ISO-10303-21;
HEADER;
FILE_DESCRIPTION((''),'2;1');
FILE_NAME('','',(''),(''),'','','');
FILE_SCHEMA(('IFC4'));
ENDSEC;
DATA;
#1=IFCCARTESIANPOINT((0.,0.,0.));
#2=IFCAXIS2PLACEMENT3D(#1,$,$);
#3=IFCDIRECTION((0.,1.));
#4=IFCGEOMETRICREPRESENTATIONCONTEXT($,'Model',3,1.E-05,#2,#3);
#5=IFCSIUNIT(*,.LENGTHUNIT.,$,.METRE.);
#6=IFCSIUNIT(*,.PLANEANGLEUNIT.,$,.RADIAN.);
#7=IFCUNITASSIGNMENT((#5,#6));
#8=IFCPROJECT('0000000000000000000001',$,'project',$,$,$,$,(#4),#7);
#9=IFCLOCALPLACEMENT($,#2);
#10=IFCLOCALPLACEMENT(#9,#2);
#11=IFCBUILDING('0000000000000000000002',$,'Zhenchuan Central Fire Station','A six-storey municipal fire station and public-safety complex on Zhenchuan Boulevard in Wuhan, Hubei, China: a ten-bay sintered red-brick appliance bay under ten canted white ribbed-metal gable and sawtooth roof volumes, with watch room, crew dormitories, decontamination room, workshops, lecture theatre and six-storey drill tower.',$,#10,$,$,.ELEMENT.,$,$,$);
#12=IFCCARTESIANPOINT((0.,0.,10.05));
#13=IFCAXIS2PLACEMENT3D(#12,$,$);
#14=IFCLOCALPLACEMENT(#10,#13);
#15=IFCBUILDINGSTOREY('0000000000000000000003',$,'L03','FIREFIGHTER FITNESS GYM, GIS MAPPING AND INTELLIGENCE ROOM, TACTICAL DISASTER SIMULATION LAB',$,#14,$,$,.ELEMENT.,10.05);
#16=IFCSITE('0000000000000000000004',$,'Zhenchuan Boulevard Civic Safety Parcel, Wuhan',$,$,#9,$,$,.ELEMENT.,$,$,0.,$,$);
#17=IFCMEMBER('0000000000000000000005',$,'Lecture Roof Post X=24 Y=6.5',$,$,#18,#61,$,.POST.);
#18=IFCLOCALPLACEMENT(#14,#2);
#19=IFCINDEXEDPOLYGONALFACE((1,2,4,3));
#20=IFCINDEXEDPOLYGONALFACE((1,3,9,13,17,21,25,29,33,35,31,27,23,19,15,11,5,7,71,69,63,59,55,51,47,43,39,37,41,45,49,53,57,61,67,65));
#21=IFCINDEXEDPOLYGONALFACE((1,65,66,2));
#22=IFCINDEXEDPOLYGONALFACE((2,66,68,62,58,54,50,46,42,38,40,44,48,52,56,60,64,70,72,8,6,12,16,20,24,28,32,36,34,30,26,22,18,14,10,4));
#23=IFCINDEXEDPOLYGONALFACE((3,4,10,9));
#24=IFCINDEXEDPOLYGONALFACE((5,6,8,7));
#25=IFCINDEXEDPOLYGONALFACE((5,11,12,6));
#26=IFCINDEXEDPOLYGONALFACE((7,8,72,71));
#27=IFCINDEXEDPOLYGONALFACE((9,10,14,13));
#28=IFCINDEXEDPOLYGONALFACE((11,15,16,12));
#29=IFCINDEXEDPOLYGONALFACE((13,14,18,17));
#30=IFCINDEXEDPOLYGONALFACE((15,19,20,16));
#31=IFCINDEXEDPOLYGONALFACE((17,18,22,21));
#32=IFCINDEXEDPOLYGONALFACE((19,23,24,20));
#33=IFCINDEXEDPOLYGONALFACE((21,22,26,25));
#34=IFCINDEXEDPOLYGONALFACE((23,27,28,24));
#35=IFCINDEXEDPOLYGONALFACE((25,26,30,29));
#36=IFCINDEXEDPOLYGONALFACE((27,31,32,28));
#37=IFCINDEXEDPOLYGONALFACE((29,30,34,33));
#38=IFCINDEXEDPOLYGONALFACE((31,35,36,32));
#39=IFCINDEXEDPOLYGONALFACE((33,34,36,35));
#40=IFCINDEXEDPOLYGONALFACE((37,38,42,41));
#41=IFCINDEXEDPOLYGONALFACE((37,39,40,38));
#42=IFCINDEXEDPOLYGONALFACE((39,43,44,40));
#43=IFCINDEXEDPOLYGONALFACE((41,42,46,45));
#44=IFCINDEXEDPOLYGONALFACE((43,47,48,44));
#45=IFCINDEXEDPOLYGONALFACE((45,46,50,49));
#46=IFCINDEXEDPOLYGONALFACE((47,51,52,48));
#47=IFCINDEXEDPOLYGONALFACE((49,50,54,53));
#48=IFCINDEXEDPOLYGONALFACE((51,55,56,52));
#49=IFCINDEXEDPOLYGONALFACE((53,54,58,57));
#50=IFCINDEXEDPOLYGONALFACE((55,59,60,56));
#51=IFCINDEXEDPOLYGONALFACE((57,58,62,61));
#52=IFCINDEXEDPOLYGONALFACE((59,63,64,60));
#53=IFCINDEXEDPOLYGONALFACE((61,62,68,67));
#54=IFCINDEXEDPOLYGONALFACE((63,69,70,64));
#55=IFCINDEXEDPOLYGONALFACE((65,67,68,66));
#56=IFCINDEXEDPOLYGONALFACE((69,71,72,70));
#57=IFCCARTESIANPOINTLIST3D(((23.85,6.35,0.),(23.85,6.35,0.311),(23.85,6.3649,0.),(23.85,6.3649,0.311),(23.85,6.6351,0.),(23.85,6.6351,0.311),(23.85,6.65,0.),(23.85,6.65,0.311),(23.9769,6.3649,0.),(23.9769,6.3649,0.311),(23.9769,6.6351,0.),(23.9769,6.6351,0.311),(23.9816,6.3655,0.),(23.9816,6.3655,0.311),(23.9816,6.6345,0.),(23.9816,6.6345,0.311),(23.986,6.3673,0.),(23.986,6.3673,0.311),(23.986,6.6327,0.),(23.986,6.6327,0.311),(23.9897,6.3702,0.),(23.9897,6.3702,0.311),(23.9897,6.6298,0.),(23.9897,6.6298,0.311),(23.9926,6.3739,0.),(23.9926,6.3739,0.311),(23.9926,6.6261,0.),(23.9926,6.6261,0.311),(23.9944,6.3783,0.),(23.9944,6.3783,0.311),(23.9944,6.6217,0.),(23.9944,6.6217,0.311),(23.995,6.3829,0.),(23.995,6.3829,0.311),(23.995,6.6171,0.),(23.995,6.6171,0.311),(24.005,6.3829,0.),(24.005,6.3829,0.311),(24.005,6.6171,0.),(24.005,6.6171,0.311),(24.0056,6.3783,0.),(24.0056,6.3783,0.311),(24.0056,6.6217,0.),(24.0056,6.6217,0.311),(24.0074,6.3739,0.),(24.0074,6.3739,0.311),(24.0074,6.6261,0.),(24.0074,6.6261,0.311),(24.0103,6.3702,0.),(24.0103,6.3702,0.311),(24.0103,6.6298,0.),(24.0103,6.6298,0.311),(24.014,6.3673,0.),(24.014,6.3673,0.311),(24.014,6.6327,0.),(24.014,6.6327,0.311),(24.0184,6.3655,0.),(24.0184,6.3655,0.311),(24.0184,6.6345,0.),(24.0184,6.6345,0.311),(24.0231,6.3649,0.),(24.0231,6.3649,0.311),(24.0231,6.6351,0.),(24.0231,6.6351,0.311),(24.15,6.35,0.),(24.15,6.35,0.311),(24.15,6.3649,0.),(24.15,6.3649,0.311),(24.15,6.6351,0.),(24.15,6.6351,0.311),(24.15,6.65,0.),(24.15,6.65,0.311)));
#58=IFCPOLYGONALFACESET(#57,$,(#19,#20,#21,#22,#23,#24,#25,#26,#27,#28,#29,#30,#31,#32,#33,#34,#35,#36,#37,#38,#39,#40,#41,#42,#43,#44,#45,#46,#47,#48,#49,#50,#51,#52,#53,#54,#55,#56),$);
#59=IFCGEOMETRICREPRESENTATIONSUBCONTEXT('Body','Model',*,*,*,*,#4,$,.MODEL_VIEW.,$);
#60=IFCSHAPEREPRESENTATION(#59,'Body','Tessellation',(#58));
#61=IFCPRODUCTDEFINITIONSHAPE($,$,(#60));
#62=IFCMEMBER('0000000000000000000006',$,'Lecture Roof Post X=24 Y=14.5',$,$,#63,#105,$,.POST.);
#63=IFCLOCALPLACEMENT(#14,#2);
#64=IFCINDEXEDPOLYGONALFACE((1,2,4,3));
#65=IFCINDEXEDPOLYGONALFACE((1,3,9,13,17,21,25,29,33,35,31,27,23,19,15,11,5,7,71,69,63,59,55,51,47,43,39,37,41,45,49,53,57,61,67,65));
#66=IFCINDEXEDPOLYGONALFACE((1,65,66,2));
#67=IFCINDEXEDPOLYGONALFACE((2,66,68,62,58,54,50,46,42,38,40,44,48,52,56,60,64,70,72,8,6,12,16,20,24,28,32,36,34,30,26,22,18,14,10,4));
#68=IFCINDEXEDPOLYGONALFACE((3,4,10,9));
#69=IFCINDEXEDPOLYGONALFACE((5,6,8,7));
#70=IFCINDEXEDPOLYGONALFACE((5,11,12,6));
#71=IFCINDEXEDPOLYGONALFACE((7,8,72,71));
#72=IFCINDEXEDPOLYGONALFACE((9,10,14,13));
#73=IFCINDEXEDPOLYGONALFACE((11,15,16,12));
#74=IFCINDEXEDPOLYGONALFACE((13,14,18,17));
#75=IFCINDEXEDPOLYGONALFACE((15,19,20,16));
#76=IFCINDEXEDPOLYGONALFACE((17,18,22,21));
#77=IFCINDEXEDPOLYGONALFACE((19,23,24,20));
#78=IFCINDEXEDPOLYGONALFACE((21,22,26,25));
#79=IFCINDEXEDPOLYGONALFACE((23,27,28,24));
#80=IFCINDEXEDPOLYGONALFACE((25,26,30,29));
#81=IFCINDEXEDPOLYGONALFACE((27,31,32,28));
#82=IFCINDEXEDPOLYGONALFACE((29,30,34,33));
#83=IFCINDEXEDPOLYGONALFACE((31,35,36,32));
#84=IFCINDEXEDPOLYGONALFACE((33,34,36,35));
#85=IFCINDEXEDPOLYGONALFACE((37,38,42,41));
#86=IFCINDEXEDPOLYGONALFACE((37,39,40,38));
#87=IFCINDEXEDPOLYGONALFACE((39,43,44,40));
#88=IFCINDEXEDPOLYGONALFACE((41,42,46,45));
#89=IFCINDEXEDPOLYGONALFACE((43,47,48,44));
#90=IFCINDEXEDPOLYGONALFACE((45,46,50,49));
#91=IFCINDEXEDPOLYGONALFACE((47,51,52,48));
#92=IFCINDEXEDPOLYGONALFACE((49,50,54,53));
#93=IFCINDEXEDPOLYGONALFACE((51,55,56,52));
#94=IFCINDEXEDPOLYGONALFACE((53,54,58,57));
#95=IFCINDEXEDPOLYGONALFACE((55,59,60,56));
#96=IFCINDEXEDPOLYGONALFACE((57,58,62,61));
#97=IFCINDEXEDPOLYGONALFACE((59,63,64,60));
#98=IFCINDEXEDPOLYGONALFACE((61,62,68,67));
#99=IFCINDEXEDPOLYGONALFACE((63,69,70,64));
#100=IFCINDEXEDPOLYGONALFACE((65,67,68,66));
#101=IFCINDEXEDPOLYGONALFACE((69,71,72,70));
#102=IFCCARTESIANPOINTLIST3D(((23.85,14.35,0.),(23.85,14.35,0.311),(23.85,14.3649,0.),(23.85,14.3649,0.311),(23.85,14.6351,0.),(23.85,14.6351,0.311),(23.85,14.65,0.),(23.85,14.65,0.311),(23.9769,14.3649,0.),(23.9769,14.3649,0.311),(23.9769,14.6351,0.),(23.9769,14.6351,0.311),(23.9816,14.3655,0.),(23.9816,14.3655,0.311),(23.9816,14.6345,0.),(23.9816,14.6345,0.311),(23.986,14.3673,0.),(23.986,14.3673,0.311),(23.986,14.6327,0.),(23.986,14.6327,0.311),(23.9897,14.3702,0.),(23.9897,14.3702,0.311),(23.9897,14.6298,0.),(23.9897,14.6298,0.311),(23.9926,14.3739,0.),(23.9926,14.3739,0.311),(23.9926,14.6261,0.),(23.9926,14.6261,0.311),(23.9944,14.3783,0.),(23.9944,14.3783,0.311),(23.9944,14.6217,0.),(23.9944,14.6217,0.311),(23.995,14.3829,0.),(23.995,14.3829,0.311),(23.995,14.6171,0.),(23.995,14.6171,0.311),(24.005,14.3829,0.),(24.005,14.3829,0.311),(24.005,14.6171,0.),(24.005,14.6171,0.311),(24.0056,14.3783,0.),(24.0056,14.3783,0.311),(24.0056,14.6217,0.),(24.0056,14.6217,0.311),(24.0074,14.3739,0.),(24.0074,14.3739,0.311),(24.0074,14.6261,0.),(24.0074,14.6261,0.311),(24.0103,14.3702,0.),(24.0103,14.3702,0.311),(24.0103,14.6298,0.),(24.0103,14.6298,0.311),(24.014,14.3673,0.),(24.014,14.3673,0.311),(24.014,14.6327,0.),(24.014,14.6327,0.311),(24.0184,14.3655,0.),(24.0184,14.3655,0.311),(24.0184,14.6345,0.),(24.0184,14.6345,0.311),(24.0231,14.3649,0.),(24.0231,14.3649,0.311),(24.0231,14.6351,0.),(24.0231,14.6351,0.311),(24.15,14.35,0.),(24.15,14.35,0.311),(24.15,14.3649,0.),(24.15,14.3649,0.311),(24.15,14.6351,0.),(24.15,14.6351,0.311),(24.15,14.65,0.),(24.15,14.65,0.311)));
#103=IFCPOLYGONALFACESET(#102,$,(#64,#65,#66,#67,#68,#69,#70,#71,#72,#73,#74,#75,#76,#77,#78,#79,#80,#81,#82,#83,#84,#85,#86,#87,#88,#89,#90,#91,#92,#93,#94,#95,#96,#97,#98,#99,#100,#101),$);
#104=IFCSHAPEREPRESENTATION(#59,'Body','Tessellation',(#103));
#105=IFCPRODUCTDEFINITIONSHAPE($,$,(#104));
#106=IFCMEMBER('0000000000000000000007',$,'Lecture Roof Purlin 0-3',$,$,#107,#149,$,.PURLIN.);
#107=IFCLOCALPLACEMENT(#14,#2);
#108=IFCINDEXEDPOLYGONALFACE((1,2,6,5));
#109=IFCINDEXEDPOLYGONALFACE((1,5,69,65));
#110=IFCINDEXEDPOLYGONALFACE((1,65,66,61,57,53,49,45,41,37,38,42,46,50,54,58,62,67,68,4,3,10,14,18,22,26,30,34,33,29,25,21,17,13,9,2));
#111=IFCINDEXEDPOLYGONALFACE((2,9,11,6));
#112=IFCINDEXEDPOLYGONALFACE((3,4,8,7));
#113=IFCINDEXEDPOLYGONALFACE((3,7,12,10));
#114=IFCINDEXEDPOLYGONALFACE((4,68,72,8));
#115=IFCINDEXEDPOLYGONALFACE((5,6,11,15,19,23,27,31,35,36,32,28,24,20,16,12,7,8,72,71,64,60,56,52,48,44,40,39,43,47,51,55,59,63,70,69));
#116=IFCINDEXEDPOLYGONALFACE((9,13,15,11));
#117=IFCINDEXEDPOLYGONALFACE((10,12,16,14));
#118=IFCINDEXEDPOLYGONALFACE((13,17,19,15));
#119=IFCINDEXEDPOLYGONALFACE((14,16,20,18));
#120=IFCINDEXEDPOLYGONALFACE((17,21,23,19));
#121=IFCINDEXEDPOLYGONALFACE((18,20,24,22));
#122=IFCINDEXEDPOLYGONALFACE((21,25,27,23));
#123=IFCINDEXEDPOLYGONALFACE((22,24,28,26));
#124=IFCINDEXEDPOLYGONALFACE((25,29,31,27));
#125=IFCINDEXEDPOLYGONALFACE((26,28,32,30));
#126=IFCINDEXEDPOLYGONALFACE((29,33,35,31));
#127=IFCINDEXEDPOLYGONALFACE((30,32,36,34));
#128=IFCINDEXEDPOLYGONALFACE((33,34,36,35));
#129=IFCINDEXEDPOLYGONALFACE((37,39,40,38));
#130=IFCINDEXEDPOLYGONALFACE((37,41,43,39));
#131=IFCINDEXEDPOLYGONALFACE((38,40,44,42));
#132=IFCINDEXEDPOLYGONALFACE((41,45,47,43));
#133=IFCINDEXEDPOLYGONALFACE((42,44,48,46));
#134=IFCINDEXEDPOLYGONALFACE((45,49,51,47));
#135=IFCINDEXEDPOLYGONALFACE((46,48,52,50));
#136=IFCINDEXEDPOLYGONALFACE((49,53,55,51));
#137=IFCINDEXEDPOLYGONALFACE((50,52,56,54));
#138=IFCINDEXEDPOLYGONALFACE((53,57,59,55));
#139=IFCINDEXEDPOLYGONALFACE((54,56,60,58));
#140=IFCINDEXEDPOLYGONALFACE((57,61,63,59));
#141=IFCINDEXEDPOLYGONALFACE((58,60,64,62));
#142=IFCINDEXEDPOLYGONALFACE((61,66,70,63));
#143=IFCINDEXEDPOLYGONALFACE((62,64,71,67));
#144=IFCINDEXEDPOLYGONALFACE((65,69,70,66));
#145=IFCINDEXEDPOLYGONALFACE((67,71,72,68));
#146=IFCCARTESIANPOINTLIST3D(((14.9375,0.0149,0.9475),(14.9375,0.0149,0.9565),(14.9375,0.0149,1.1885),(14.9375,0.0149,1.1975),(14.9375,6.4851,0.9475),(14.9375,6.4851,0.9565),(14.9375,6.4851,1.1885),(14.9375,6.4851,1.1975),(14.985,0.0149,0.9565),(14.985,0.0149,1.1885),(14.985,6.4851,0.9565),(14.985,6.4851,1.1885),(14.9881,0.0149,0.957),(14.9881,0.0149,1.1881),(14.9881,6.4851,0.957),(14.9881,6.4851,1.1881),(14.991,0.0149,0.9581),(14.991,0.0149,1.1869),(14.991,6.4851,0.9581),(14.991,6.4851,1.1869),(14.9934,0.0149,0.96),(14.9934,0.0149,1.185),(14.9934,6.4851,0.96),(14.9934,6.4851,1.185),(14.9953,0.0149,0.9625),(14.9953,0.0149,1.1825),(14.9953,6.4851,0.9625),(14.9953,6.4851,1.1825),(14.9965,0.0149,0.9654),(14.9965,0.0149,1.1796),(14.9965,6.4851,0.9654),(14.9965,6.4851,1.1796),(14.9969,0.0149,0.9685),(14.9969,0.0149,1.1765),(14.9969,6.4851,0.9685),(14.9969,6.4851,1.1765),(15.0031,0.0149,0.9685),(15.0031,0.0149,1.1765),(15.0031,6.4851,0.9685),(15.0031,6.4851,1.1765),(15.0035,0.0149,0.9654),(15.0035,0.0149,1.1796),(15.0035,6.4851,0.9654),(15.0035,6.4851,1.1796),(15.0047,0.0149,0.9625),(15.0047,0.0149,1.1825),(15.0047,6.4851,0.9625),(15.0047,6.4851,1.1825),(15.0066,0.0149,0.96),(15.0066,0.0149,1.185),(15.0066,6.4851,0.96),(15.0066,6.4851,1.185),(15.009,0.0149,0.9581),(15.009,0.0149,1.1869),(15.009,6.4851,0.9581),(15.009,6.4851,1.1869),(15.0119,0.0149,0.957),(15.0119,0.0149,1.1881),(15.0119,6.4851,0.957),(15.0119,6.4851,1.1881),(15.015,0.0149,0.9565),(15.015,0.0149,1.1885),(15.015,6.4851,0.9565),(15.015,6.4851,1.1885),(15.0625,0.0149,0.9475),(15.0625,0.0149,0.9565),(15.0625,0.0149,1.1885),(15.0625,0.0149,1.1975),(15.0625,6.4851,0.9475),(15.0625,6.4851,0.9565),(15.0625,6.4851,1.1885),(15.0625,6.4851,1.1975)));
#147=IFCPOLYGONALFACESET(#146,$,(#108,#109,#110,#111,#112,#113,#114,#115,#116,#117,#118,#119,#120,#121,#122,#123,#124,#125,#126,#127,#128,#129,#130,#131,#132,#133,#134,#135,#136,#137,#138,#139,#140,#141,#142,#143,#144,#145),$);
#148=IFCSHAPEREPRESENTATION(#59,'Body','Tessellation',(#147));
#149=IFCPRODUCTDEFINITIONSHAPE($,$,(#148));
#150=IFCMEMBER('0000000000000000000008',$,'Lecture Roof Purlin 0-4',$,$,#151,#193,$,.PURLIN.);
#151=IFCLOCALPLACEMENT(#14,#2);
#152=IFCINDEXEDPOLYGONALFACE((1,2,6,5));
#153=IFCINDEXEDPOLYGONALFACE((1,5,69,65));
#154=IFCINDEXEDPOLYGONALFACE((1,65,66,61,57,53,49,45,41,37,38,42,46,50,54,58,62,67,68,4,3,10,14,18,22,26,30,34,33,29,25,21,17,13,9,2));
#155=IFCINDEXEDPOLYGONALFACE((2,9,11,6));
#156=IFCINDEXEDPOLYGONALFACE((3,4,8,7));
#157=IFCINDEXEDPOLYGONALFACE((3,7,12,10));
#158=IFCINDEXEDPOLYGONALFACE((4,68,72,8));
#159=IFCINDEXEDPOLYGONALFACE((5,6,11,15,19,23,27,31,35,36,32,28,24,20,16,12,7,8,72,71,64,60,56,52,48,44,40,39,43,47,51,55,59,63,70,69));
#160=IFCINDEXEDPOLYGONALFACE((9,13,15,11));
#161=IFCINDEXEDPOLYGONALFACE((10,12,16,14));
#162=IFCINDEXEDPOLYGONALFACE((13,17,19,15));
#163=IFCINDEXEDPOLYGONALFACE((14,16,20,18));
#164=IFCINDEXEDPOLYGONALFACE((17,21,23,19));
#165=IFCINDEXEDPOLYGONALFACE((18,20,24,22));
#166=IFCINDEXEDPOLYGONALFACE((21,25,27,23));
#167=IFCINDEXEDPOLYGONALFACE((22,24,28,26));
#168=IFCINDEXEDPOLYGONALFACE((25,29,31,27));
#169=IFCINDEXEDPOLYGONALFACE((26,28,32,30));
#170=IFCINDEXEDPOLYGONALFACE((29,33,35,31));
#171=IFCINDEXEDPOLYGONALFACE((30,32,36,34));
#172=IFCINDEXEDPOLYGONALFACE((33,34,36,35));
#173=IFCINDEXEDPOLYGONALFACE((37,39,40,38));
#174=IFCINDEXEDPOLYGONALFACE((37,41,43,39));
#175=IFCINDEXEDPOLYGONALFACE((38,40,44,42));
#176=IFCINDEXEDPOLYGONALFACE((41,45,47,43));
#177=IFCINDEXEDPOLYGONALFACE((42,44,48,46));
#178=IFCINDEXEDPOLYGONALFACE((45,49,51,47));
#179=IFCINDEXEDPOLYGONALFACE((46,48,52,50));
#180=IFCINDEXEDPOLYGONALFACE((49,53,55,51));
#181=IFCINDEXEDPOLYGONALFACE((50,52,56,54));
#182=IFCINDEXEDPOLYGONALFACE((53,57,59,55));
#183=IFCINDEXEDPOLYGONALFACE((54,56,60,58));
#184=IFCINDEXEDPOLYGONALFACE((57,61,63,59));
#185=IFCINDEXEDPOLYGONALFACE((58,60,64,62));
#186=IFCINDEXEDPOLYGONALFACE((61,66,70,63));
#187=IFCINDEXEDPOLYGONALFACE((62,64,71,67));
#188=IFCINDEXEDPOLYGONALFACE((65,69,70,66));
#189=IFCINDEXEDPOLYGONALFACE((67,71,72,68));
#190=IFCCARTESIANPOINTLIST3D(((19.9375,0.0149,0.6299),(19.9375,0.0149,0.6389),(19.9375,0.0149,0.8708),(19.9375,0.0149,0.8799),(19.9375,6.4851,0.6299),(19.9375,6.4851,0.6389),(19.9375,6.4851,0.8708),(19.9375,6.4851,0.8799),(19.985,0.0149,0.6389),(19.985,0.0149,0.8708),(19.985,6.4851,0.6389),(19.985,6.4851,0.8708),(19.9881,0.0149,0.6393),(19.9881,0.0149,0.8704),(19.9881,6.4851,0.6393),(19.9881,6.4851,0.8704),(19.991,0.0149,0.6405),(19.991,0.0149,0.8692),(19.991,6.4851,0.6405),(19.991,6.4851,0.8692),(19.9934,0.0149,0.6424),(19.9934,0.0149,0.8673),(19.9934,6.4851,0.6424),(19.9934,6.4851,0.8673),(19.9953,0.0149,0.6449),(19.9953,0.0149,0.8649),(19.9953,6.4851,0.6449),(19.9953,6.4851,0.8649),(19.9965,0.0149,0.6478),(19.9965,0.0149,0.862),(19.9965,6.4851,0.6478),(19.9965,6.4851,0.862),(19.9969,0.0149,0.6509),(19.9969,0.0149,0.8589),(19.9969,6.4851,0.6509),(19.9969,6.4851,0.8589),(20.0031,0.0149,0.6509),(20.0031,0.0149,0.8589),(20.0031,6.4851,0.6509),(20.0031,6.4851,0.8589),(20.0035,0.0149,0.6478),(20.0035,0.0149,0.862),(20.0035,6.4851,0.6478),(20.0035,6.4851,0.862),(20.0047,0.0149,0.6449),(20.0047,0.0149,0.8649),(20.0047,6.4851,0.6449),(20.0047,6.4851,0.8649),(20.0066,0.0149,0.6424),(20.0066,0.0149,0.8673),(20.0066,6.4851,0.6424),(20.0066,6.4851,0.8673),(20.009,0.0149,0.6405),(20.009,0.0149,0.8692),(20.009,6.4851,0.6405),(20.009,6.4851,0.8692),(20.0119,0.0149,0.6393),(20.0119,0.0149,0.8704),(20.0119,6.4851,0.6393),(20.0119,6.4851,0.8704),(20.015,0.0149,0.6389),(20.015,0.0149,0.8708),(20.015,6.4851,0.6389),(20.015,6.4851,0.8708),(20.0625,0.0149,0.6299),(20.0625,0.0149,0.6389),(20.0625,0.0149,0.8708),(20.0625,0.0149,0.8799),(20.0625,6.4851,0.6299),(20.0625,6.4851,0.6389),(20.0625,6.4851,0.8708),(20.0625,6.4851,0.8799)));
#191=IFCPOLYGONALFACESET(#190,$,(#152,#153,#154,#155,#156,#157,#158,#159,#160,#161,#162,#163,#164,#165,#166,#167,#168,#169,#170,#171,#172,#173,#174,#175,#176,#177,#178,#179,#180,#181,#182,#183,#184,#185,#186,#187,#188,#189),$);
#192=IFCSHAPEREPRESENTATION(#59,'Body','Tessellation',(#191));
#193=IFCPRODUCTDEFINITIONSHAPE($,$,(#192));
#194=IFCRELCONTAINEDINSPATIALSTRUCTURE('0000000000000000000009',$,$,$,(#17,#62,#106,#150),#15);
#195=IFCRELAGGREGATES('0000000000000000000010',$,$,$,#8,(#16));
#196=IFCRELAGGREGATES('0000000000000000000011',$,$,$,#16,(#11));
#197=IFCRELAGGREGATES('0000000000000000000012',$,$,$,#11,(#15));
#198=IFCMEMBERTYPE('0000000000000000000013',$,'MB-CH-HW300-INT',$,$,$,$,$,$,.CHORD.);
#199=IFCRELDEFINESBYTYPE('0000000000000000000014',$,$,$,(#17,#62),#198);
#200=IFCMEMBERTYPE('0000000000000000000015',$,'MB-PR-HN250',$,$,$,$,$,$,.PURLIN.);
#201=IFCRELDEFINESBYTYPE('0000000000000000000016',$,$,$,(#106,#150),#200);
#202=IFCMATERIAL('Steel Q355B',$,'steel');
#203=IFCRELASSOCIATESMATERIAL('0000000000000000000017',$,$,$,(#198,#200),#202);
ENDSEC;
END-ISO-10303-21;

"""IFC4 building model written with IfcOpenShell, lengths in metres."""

from ifc_helpers import new_model, si_unit, direction, frame, origin, origin_2d, place, context, subcontext, project, spatial, i_section, extrude, material, material_profile, profile_set, type_object, element, save


model = new_model("IFC4")

# Units and contexts
model_context = context("Model", 3, precision=1e-05, world=origin(), true_north=direction((0.0, 1.0)))
body_context = subcontext(model_context, "Body", "Model", "MODEL_VIEW")
ifc_project = project(units=[si_unit("LENGTHUNIT", "METRE"), si_unit("PLANEANGLEUNIT", "RADIAN")], contexts=[model_context])

# Site, building, storey
site_placement = place(None, origin())
site = spatial("IfcSite", under=ifc_project, at=site_placement, Name="Zhenchuan Boulevard Civic Safety Parcel, Wuhan", CompositionType="ELEMENT", RefElevation=0.0)
building_placement = place(site_placement, origin())
building = spatial("IfcBuilding", under=site, at=building_placement, Name="Zhenchuan Central Fire Station", Description="A six-storey municipal fire station and public-safety complex on Zhenchuan Boulevard in Wuhan, Hubei, China: a ten-bay sintered red-brick appliance bay under ten canted white ribbed-metal gable and sawtooth roof volumes, with watch room, crew dormitories, decontamination room, workshops, lecture theatre and six-storey drill tower.", CompositionType="ELEMENT")
storey_placement = place(building_placement, frame((0.0, 0.0, 10.05)))
storey = spatial("IfcBuildingStorey", under=building, at=storey_placement, Name="L03", Description="FIREFIGHTER FITNESS GYM, GIS MAPPING AND INTELLIGENCE ROOM, TACTICAL DISASTER SIMULATION LAB", CompositionType="ELEMENT", Elevation=10.05)

# Shared definitions
ifc_material = material(Name="Steel Q355B", Category="steel")

# Members
ifc_material_profile_1 = material_profile(ifc_material, i_section(OverallWidth=0.3, OverallDepth=0.3, WebThickness=0.01, FlangeThickness=0.0149, FilletRadius=0.0181, at=origin_2d()), Name="HW 300x300")
ifc_profile_set_1 = profile_set([ifc_material_profile_1], Name="Steel Q355B")
member_type_1 = type_object("IfcMemberType", Name="MB-CH-HW300-INT", PredefinedType="CHORD", material=ifc_profile_set_1)
for number, where, z_axis, x_axis, name in (
    (1, (24.0, 6.5, 0.0), (0.0, 0.0, 1.0), (1.0, 0.0, 0.0), "Lecture Roof Post X=24 Y=6.5"),
    (2, (24.0, 14.5, 0.0), (0.0, 0.0, 1.0), (1.0, 0.0, 0.0), "Lecture Roof Post X=24 Y=14.5"),
):
    element("IfcMember", number, at=place(storey_placement, frame(where, z_axis=z_axis, x_axis=x_axis)), inside=storey, type_object=member_type_1, Name=name, PredefinedType="POST", context=body_context, shape_type="SweptSolid", body=[
        extrude(i_section(OverallWidth=0.3, OverallDepth=0.3, WebThickness=0.01, FlangeThickness=0.0149, FilletRadius=0.0181, at=origin_2d()), origin(), (0.0, 0.0, 1.0), 0.311),
    ])
ifc_material_profile_2 = material_profile(ifc_material, i_section(OverallWidth=0.125, OverallDepth=0.25, WebThickness=0.0061, FlangeThickness=0.009, FilletRadius=0.012, at=origin_2d()), Name="HN 250x125")
ifc_profile_set_2 = profile_set([ifc_material_profile_2], Name="Steel Q355B")
member_type_2 = type_object("IfcMemberType", Name="MB-PR-HN250", PredefinedType="PURLIN", material=ifc_profile_set_2)
for number, where, z_axis, x_axis, name in (
    (3, (15.0, 0.0149, 1.0725), (0.0, 1.0, 0.0), (-1.0, 0.0, 0.0), "Lecture Roof Purlin 0-3"),
    (4, (20.0, 0.0149, 0.7549), (0.0, 1.0, 0.0), (-1.0, 0.0, 0.0), "Lecture Roof Purlin 0-4"),
):
    element("IfcMember", number, at=place(storey_placement, frame(where, z_axis=z_axis, x_axis=x_axis)), inside=storey, type_object=member_type_2, Name=name, PredefinedType="PURLIN", context=body_context, shape_type="SweptSolid", body=[
        extrude(i_section(OverallWidth=0.125, OverallDepth=0.25, WebThickness=0.0061, FlangeThickness=0.009, FilletRadius=0.012, at=origin_2d()), origin(), (0.0, 0.0, 1.0), 6.4702),
    ])

save(model, "model.ifc")
